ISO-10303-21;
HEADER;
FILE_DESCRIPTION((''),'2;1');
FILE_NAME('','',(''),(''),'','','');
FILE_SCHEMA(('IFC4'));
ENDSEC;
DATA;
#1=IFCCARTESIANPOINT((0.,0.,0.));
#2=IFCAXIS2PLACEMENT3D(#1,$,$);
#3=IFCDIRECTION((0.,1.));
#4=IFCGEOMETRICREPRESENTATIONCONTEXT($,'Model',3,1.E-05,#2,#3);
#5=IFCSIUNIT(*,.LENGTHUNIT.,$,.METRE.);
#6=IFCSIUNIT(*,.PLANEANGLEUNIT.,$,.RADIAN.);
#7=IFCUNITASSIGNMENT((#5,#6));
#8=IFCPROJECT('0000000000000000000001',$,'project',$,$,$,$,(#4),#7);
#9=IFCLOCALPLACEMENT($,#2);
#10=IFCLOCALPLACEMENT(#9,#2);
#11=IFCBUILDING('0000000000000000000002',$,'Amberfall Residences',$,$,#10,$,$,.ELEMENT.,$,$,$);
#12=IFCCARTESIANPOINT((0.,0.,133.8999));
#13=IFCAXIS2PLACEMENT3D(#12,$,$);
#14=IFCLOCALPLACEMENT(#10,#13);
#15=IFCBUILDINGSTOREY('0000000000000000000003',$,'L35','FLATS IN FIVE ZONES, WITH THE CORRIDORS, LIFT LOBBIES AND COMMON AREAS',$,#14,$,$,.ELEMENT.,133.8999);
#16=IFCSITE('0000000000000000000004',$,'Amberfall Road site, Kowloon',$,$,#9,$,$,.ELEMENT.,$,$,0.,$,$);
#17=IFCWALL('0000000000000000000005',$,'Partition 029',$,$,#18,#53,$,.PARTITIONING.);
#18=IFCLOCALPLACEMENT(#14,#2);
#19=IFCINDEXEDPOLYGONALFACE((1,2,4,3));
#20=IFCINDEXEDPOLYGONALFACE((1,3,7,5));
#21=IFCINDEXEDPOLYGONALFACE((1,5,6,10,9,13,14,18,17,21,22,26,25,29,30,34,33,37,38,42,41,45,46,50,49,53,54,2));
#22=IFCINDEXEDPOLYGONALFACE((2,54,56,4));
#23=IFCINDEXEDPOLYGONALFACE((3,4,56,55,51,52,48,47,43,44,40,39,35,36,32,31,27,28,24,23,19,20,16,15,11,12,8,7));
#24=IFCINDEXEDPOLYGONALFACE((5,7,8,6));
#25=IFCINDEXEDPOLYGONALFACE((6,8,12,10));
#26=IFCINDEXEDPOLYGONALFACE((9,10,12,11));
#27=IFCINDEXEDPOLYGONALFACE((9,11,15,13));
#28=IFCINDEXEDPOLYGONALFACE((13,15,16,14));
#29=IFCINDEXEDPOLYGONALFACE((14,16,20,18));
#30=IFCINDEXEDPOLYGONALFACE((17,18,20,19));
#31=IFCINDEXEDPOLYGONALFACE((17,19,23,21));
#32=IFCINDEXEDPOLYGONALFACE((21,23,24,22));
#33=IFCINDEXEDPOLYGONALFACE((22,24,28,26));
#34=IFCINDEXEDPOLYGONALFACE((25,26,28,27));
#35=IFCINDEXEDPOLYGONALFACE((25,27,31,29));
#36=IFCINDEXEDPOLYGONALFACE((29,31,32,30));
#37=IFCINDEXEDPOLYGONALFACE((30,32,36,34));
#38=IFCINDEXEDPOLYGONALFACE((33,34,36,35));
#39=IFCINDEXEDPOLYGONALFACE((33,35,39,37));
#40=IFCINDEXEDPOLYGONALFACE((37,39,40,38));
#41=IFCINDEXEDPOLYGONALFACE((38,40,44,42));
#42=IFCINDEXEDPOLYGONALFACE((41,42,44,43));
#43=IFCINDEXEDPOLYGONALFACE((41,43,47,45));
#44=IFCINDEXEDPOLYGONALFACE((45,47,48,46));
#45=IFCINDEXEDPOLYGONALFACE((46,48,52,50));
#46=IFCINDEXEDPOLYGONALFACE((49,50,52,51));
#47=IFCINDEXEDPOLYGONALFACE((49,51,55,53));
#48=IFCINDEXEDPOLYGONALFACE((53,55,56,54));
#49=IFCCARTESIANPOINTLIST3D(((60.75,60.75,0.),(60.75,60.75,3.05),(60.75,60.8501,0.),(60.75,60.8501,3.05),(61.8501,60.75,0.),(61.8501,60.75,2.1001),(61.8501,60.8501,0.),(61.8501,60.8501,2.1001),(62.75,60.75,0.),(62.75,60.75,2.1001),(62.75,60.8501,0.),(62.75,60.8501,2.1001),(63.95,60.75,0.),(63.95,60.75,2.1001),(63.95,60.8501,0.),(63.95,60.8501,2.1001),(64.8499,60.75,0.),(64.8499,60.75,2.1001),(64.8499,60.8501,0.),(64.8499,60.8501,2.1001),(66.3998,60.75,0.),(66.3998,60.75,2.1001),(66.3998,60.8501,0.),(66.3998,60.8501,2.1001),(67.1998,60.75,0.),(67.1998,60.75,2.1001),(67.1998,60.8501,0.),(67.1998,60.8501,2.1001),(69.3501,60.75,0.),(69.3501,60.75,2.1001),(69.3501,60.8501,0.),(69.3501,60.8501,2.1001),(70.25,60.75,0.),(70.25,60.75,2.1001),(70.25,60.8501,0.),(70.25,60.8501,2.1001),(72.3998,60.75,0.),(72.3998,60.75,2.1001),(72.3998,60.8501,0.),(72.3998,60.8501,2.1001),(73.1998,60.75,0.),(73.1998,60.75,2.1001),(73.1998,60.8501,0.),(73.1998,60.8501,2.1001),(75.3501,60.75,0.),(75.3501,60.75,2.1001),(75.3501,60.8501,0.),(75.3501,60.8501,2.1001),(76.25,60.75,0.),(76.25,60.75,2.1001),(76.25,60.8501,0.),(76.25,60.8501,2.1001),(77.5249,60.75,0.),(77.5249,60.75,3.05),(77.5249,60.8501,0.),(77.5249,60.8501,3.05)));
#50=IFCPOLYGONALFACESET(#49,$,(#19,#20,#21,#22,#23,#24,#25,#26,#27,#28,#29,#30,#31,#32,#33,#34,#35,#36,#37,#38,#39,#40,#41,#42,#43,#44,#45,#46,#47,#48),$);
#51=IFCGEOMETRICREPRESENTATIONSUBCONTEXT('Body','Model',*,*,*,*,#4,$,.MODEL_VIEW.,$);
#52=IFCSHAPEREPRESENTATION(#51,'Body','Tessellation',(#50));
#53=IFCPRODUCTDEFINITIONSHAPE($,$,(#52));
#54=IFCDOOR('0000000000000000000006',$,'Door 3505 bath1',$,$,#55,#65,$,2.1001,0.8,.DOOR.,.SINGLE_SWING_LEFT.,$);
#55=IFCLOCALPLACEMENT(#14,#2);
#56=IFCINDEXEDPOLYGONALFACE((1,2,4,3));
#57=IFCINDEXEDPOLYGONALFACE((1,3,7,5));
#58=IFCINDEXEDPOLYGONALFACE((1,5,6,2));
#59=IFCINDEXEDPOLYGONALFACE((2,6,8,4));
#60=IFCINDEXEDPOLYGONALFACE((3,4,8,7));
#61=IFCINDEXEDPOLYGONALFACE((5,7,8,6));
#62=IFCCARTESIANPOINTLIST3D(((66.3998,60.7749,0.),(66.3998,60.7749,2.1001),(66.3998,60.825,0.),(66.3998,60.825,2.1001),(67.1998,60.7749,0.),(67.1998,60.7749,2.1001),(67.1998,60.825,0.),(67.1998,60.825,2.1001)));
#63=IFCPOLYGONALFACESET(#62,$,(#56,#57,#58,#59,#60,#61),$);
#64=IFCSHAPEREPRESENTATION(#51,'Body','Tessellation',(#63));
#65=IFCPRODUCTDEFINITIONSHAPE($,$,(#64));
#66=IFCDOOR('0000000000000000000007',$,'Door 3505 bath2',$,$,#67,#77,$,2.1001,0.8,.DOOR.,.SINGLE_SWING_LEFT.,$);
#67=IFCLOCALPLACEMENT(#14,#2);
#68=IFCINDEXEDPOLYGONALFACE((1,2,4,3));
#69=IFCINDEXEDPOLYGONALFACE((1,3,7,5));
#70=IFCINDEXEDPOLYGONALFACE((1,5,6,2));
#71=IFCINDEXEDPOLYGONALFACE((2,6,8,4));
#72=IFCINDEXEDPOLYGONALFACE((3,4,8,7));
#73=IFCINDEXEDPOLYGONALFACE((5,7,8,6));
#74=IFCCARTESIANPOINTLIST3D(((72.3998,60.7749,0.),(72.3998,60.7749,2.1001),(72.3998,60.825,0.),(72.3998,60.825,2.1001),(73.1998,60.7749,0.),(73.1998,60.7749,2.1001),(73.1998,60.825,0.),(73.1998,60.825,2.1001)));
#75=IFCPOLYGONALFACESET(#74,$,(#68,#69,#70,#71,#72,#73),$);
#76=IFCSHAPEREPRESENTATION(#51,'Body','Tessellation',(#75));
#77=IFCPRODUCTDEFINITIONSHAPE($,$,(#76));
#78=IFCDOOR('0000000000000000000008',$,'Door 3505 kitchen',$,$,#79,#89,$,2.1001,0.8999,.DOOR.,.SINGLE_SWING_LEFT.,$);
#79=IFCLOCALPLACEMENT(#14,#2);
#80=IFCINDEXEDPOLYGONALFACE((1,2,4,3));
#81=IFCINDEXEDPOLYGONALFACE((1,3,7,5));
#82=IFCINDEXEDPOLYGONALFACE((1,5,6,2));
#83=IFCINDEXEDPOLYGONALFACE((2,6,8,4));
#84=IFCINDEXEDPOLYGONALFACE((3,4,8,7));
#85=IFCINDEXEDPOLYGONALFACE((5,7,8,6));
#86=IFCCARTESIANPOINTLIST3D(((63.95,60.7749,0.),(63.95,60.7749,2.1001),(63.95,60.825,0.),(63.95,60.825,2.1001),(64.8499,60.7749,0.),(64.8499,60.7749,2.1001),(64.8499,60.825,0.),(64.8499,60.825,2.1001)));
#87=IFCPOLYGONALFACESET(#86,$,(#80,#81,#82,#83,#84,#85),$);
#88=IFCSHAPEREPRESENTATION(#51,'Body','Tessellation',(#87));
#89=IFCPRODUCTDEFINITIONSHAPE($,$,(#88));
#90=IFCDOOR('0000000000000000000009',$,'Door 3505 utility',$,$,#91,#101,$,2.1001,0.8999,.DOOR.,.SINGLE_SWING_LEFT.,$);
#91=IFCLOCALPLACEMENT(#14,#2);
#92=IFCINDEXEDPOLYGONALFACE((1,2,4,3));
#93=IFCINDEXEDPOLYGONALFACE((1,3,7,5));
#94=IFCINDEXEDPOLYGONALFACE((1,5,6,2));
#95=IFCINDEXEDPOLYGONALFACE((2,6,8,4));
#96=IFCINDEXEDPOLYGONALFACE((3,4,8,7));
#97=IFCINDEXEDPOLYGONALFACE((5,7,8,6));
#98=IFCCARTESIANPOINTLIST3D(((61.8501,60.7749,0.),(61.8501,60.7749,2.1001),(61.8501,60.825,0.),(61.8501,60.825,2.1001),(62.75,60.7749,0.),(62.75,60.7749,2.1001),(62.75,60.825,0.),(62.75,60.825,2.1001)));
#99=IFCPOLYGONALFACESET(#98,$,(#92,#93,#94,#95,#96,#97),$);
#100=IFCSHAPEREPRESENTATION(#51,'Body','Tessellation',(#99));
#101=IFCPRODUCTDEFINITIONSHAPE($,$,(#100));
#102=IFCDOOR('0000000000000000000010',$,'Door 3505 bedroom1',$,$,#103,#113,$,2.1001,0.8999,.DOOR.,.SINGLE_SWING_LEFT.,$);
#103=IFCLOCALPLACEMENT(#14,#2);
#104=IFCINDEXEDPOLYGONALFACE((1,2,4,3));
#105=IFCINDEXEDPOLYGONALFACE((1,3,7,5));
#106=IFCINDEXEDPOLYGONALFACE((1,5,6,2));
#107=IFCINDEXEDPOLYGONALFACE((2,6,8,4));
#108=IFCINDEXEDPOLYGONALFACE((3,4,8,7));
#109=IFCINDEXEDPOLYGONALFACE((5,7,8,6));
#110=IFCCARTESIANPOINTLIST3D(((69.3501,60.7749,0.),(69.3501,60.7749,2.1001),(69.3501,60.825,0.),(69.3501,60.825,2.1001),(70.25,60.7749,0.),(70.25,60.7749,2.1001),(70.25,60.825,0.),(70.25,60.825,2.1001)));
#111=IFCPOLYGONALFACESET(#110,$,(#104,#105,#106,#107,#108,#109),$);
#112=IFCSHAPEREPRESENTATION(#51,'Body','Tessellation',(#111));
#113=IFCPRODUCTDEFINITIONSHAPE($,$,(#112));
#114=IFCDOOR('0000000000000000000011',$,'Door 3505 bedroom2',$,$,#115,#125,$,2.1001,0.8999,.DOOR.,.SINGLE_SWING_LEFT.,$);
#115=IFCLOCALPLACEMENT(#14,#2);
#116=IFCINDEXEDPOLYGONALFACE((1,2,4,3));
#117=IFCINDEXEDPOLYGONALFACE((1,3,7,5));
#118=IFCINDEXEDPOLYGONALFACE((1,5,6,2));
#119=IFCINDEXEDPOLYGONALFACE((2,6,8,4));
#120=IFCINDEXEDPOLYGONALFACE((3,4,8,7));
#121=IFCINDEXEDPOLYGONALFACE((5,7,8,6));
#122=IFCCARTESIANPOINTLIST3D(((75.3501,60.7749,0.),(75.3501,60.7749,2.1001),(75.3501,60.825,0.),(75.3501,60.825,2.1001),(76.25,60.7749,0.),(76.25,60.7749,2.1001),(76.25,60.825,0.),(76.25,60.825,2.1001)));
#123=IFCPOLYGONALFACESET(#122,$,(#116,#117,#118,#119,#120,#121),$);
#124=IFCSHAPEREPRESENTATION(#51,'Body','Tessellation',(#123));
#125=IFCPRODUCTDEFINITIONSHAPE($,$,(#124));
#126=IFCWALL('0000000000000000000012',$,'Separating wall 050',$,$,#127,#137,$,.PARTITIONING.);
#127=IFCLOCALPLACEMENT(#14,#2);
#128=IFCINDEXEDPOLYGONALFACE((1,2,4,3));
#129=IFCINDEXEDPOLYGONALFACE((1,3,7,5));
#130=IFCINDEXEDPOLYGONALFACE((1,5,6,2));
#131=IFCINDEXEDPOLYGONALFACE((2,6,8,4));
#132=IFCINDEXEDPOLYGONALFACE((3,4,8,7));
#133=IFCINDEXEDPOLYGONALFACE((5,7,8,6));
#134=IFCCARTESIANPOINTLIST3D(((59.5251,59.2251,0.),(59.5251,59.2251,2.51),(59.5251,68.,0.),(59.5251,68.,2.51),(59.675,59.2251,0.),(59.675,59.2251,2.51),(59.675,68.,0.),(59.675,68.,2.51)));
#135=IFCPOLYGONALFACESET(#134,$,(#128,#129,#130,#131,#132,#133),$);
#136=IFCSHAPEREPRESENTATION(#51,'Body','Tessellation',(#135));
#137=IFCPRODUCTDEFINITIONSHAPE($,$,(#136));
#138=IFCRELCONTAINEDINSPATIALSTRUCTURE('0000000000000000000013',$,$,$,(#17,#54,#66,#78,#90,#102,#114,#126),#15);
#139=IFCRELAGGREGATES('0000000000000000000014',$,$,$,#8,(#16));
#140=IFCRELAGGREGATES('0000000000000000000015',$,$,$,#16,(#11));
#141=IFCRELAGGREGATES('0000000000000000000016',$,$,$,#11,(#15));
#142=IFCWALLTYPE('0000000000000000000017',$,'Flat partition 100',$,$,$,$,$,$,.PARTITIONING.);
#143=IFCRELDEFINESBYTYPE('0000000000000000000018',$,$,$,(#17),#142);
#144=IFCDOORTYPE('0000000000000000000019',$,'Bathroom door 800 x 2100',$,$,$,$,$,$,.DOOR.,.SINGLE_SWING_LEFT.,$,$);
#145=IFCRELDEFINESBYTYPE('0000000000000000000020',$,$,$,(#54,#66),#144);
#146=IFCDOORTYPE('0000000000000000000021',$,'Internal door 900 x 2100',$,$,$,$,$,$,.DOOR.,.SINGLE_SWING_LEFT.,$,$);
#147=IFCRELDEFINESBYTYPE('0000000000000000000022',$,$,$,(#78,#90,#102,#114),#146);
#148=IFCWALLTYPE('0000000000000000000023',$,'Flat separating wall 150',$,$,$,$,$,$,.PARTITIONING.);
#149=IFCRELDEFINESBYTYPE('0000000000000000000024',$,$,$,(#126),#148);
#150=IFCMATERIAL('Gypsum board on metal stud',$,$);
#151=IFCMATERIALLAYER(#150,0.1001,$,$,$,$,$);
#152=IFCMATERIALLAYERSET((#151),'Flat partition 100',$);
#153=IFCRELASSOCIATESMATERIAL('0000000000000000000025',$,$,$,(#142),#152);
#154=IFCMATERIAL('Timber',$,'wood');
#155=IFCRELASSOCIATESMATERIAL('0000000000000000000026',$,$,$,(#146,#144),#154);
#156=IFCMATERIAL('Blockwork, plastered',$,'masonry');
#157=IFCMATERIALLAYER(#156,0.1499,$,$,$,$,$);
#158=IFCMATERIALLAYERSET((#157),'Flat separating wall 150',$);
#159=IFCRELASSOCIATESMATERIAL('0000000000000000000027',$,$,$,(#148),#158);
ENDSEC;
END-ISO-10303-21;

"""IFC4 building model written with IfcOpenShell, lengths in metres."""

from ifc_helpers import new_model, si_unit, direction, frame, frame_2d, origin, place, context, subcontext, project, spatial, rectangle, extrude, material, layer, layer_set, type_object, element, fill, save


model = new_model("IFC4")

# Units and contexts
model_context = context("Model", 3, precision=1e-05, world=origin(), true_north=direction((0.0, 1.0)))
body_context = subcontext(model_context, "Body", "Model", "MODEL_VIEW")
ifc_project = project(units=[si_unit("LENGTHUNIT", "METRE"), si_unit("PLANEANGLEUNIT", "RADIAN")], contexts=[model_context])

# Site, building, storey
site_placement = place(None, origin())
site = spatial("IfcSite", under=ifc_project, at=site_placement, Name="Amberfall Road site, Kowloon", CompositionType="ELEMENT", RefElevation=0.0)
building_placement = place(site_placement, origin())
building = spatial("IfcBuilding", under=site, at=building_placement, Name="Amberfall Residences", CompositionType="ELEMENT")
storey_placement = place(building_placement, frame((0.0, 0.0, 133.8999)))
storey = spatial("IfcBuildingStorey", under=building, at=storey_placement, Name="L35", Description="FLATS IN FIVE ZONES, WITH THE CORRIDORS, LIFT LOBBIES AND COMMON AREAS", CompositionType="ELEMENT", Elevation=133.8999)

# Shared definitions
ifc_material_1 = material(Name="Gypsum board on metal stud")
ifc_layer_1 = layer(ifc_material_1, 0.1001)
ifc_layer_set_1 = layer_set([ifc_layer_1], Name="Flat partition 100")
wall_type_1 = type_object("IfcWallType", Name="Flat partition 100", PredefinedType="PARTITIONING", material=ifc_layer_set_1)
ifc_material_2 = material(Name="Timber", Category="wood")
door_type_1 = type_object("IfcDoorType", Name="Internal door 900 x 2100", OperationType="SINGLE_SWING_LEFT", PredefinedType="DOOR", material=ifc_material_2)

# Wall, openings, doors
wall_1_placement = place(storey_placement, frame((60.75, 60.8, 0.0), z_axis=(0.0, 0.0, 1.0), x_axis=(1.0, 0.0, 0.0)))
wall_1 = element("IfcWall", 1, at=wall_1_placement, inside=storey, type_object=wall_type_1, Name="Partition 029", PredefinedType="PARTITIONING", context=body_context, shape_type="SweptSolid", body=[
    extrude(rectangle(XDim=16.7749, YDim=0.1001, at=frame_2d((8.3875, 0.0))), origin(), (0.0, 0.0, 1.0), 3.05),
])
opening_1_placement = place(wall_1_placement, frame((3.2, 0.0, 0.0)))
opening_1 = element("IfcOpeningElement", 2, at=opening_1_placement, cuts=wall_1, PredefinedType="OPENING", context=body_context, shape_type="SweptSolid", body=[
    extrude(rectangle(XDim=0.8999, YDim=2.1001, at=frame_2d((0.45, 1.05))), frame((0.0, 0.0601, 0.0), z_axis=(0.0, -1.0, 0.0), x_axis=(1.0, 0.0, 0.0)), (0.0, 0.0, 1.0), 0.1201),
])
opening_2_placement = place(wall_1_placement, frame((1.1001, 0.0, 0.0)))
opening_2 = element("IfcOpeningElement", 3, at=opening_2_placement, cuts=wall_1, PredefinedType="OPENING", context=body_context, shape_type="SweptSolid", body=[
    extrude(rectangle(XDim=0.8999, YDim=2.1001, at=frame_2d((0.45, 1.05))), frame((0.0, 0.0601, 0.0), z_axis=(0.0, -1.0, 0.0), x_axis=(1.0, 0.0, 0.0)), (0.0, 0.0, 1.0), 0.1201),
])
opening_3_placement = place(wall_1_placement, frame((8.6001, 0.0, 0.0)))
opening_3 = element("IfcOpeningElement", 4, at=opening_3_placement, cuts=wall_1, PredefinedType="OPENING", context=body_context, shape_type="SweptSolid", body=[
    extrude(rectangle(XDim=0.8999, YDim=2.1001, at=frame_2d((0.45, 1.05))), frame((0.0, 0.0601, 0.0), z_axis=(0.0, -1.0, 0.0), x_axis=(1.0, 0.0, 0.0)), (0.0, 0.0, 1.0), 0.1201),
])
opening_4_placement = place(wall_1_placement, frame((14.6001, 0.0, 0.0)))
opening_4 = element("IfcOpeningElement", 5, at=opening_4_placement, cuts=wall_1, PredefinedType="OPENING", context=body_context, shape_type="SweptSolid", body=[
    extrude(rectangle(XDim=0.8999, YDim=2.1001, at=frame_2d((0.45, 1.05))), frame((0.0, 0.0601, 0.0), z_axis=(0.0, -1.0, 0.0), x_axis=(1.0, 0.0, 0.0)), (0.0, 0.0, 1.0), 0.1201),
])
opening_5_placement = place(wall_1_placement, frame((5.6499, 0.0, 0.0)))
opening_5 = element("IfcOpeningElement", 6, at=opening_5_placement, cuts=wall_1, PredefinedType="OPENING", context=body_context, shape_type="SweptSolid", body=[
    extrude(rectangle(XDim=0.8, YDim=2.1001, at=frame_2d((0.3999, 1.05))), frame((0.0, 0.0601, 0.0), z_axis=(0.0, -1.0, 0.0), x_axis=(1.0, 0.0, 0.0)), (0.0, 0.0, 1.0), 0.1201),
])
opening_6_placement = place(wall_1_placement, frame((11.6499, 0.0, 0.0)))
opening_6 = element("IfcOpeningElement", 7, at=opening_6_placement, cuts=wall_1, PredefinedType="OPENING", context=body_context, shape_type="SweptSolid", body=[
    extrude(rectangle(XDim=0.8, YDim=2.1001, at=frame_2d((0.3999, 1.05))), frame((0.0, 0.0601, 0.0), z_axis=(0.0, -1.0, 0.0), x_axis=(1.0, 0.0, 0.0)), (0.0, 0.0, 1.0), 0.1201),
])
door_type_2 = type_object("IfcDoorType", Name="Bathroom door 800 x 2100", OperationType="SINGLE_SWING_LEFT", PredefinedType="DOOR", material=ifc_material_2)
door_1_placement = place(opening_5_placement, origin())
door_1 = element("IfcDoor", 8, at=door_1_placement, inside=storey, type_object=door_type_2, Name="Door 3505 bath1", OperationType="SINGLE_SWING_LEFT", OverallHeight=2.1001, OverallWidth=0.8, PredefinedType="DOOR", context=body_context, shape_type="SweptSolid", body=[
    extrude(rectangle(XDim=0.8, YDim=2.1001, at=frame_2d((0.3999, 1.05))), frame((0.0, 0.0249, 0.0), z_axis=(0.0, -1.0, 0.0), x_axis=(1.0, 0.0, 0.0)), (0.0, 0.0, 1.0), 0.05),
])
fill(opening_5, door_1)
door_2_placement = place(opening_6_placement, origin())
door_2 = element("IfcDoor", 9, at=door_2_placement, inside=storey, type_object=door_type_2, Name="Door 3505 bath2", OperationType="SINGLE_SWING_LEFT", OverallHeight=2.1001, OverallWidth=0.8, PredefinedType="DOOR", context=body_context, shape_type="SweptSolid", body=[
    extrude(rectangle(XDim=0.8, YDim=2.1001, at=frame_2d((0.3999, 1.05))), frame((0.0, 0.0249, 0.0), z_axis=(0.0, -1.0, 0.0), x_axis=(1.0, 0.0, 0.0)), (0.0, 0.0, 1.0), 0.05),
])
fill(opening_6, door_2)
door_3_placement = place(opening_1_placement, origin())
door_3 = element("IfcDoor", 10, at=door_3_placement, inside=storey, type_object=door_type_1, Name="Door 3505 kitchen", OperationType="SINGLE_SWING_LEFT", OverallHeight=2.1001, OverallWidth=0.8999, PredefinedType="DOOR", context=body_context, shape_type="SweptSolid", body=[
    extrude(rectangle(XDim=0.8999, YDim=2.1001, at=frame_2d((0.45, 1.05))), frame((0.0, 0.0249, 0.0), z_axis=(0.0, -1.0, 0.0), x_axis=(1.0, 0.0, 0.0)), (0.0, 0.0, 1.0), 0.05),
])
fill(opening_1, door_3)
door_4_placement = place(opening_2_placement, origin())
door_4 = element("IfcDoor", 11, at=door_4_placement, inside=storey, type_object=door_type_1, Name="Door 3505 utility", OperationType="SINGLE_SWING_LEFT", OverallHeight=2.1001, OverallWidth=0.8999, PredefinedType="DOOR", context=body_context, shape_type="SweptSolid", body=[
    extrude(rectangle(XDim=0.8999, YDim=2.1001, at=frame_2d((0.45, 1.05))), frame((0.0, 0.0249, 0.0), z_axis=(0.0, -1.0, 0.0), x_axis=(1.0, 0.0, 0.0)), (0.0, 0.0, 1.0), 0.05),
])
fill(opening_2, door_4)
door_5_placement = place(opening_3_placement, origin())
door_5 = element("IfcDoor", 12, at=door_5_placement, inside=storey, type_object=door_type_1, Name="Door 3505 bedroom1", OperationType="SINGLE_SWING_LEFT", OverallHeight=2.1001, OverallWidth=0.8999, PredefinedType="DOOR", context=body_context, shape_type="SweptSolid", body=[
    extrude(rectangle(XDim=0.8999, YDim=2.1001, at=frame_2d((0.45, 1.05))), frame((0.0, 0.0249, 0.0), z_axis=(0.0, -1.0, 0.0), x_axis=(1.0, 0.0, 0.0)), (0.0, 0.0, 1.0), 0.05),
])
fill(opening_3, door_5)
door_6_placement = place(opening_4_placement, origin())
door_6 = element("IfcDoor", 13, at=door_6_placement, inside=storey, type_object=door_type_1, Name="Door 3505 bedroom2", OperationType="SINGLE_SWING_LEFT", OverallHeight=2.1001, OverallWidth=0.8999, PredefinedType="DOOR", context=body_context, shape_type="SweptSolid", body=[
    extrude(rectangle(XDim=0.8999, YDim=2.1001, at=frame_2d((0.45, 1.05))), frame((0.0, 0.0249, 0.0), z_axis=(0.0, -1.0, 0.0), x_axis=(1.0, 0.0, 0.0)), (0.0, 0.0, 1.0), 0.05),
])
fill(opening_4, door_6)

# Wall
ifc_material_3 = material(Name="Blockwork, plastered", Category="masonry")
ifc_layer_2 = layer(ifc_material_3, 0.1499)
ifc_layer_set_2 = layer_set([ifc_layer_2], Name="Flat separating wall 150")
wall_type_2 = type_object("IfcWallType", Name="Flat separating wall 150", PredefinedType="PARTITIONING", material=ifc_layer_set_2)
wall_2_placement = place(storey_placement, frame((59.6001, 59.2251, 0.0), z_axis=(0.0, 0.0, 1.0), x_axis=(0.0, 1.0, 0.0)))
element("IfcWall", 14, at=wall_2_placement, inside=storey, type_object=wall_type_2, Name="Separating wall 050", PredefinedType="PARTITIONING", context=body_context, shape_type="SweptSolid", body=[
    extrude(rectangle(XDim=8.7749, YDim=0.1499, at=frame_2d((4.3875, 0.0))), origin(), (0.0, 0.0, 1.0), 2.51),
])

save(model, "model.ifc")
